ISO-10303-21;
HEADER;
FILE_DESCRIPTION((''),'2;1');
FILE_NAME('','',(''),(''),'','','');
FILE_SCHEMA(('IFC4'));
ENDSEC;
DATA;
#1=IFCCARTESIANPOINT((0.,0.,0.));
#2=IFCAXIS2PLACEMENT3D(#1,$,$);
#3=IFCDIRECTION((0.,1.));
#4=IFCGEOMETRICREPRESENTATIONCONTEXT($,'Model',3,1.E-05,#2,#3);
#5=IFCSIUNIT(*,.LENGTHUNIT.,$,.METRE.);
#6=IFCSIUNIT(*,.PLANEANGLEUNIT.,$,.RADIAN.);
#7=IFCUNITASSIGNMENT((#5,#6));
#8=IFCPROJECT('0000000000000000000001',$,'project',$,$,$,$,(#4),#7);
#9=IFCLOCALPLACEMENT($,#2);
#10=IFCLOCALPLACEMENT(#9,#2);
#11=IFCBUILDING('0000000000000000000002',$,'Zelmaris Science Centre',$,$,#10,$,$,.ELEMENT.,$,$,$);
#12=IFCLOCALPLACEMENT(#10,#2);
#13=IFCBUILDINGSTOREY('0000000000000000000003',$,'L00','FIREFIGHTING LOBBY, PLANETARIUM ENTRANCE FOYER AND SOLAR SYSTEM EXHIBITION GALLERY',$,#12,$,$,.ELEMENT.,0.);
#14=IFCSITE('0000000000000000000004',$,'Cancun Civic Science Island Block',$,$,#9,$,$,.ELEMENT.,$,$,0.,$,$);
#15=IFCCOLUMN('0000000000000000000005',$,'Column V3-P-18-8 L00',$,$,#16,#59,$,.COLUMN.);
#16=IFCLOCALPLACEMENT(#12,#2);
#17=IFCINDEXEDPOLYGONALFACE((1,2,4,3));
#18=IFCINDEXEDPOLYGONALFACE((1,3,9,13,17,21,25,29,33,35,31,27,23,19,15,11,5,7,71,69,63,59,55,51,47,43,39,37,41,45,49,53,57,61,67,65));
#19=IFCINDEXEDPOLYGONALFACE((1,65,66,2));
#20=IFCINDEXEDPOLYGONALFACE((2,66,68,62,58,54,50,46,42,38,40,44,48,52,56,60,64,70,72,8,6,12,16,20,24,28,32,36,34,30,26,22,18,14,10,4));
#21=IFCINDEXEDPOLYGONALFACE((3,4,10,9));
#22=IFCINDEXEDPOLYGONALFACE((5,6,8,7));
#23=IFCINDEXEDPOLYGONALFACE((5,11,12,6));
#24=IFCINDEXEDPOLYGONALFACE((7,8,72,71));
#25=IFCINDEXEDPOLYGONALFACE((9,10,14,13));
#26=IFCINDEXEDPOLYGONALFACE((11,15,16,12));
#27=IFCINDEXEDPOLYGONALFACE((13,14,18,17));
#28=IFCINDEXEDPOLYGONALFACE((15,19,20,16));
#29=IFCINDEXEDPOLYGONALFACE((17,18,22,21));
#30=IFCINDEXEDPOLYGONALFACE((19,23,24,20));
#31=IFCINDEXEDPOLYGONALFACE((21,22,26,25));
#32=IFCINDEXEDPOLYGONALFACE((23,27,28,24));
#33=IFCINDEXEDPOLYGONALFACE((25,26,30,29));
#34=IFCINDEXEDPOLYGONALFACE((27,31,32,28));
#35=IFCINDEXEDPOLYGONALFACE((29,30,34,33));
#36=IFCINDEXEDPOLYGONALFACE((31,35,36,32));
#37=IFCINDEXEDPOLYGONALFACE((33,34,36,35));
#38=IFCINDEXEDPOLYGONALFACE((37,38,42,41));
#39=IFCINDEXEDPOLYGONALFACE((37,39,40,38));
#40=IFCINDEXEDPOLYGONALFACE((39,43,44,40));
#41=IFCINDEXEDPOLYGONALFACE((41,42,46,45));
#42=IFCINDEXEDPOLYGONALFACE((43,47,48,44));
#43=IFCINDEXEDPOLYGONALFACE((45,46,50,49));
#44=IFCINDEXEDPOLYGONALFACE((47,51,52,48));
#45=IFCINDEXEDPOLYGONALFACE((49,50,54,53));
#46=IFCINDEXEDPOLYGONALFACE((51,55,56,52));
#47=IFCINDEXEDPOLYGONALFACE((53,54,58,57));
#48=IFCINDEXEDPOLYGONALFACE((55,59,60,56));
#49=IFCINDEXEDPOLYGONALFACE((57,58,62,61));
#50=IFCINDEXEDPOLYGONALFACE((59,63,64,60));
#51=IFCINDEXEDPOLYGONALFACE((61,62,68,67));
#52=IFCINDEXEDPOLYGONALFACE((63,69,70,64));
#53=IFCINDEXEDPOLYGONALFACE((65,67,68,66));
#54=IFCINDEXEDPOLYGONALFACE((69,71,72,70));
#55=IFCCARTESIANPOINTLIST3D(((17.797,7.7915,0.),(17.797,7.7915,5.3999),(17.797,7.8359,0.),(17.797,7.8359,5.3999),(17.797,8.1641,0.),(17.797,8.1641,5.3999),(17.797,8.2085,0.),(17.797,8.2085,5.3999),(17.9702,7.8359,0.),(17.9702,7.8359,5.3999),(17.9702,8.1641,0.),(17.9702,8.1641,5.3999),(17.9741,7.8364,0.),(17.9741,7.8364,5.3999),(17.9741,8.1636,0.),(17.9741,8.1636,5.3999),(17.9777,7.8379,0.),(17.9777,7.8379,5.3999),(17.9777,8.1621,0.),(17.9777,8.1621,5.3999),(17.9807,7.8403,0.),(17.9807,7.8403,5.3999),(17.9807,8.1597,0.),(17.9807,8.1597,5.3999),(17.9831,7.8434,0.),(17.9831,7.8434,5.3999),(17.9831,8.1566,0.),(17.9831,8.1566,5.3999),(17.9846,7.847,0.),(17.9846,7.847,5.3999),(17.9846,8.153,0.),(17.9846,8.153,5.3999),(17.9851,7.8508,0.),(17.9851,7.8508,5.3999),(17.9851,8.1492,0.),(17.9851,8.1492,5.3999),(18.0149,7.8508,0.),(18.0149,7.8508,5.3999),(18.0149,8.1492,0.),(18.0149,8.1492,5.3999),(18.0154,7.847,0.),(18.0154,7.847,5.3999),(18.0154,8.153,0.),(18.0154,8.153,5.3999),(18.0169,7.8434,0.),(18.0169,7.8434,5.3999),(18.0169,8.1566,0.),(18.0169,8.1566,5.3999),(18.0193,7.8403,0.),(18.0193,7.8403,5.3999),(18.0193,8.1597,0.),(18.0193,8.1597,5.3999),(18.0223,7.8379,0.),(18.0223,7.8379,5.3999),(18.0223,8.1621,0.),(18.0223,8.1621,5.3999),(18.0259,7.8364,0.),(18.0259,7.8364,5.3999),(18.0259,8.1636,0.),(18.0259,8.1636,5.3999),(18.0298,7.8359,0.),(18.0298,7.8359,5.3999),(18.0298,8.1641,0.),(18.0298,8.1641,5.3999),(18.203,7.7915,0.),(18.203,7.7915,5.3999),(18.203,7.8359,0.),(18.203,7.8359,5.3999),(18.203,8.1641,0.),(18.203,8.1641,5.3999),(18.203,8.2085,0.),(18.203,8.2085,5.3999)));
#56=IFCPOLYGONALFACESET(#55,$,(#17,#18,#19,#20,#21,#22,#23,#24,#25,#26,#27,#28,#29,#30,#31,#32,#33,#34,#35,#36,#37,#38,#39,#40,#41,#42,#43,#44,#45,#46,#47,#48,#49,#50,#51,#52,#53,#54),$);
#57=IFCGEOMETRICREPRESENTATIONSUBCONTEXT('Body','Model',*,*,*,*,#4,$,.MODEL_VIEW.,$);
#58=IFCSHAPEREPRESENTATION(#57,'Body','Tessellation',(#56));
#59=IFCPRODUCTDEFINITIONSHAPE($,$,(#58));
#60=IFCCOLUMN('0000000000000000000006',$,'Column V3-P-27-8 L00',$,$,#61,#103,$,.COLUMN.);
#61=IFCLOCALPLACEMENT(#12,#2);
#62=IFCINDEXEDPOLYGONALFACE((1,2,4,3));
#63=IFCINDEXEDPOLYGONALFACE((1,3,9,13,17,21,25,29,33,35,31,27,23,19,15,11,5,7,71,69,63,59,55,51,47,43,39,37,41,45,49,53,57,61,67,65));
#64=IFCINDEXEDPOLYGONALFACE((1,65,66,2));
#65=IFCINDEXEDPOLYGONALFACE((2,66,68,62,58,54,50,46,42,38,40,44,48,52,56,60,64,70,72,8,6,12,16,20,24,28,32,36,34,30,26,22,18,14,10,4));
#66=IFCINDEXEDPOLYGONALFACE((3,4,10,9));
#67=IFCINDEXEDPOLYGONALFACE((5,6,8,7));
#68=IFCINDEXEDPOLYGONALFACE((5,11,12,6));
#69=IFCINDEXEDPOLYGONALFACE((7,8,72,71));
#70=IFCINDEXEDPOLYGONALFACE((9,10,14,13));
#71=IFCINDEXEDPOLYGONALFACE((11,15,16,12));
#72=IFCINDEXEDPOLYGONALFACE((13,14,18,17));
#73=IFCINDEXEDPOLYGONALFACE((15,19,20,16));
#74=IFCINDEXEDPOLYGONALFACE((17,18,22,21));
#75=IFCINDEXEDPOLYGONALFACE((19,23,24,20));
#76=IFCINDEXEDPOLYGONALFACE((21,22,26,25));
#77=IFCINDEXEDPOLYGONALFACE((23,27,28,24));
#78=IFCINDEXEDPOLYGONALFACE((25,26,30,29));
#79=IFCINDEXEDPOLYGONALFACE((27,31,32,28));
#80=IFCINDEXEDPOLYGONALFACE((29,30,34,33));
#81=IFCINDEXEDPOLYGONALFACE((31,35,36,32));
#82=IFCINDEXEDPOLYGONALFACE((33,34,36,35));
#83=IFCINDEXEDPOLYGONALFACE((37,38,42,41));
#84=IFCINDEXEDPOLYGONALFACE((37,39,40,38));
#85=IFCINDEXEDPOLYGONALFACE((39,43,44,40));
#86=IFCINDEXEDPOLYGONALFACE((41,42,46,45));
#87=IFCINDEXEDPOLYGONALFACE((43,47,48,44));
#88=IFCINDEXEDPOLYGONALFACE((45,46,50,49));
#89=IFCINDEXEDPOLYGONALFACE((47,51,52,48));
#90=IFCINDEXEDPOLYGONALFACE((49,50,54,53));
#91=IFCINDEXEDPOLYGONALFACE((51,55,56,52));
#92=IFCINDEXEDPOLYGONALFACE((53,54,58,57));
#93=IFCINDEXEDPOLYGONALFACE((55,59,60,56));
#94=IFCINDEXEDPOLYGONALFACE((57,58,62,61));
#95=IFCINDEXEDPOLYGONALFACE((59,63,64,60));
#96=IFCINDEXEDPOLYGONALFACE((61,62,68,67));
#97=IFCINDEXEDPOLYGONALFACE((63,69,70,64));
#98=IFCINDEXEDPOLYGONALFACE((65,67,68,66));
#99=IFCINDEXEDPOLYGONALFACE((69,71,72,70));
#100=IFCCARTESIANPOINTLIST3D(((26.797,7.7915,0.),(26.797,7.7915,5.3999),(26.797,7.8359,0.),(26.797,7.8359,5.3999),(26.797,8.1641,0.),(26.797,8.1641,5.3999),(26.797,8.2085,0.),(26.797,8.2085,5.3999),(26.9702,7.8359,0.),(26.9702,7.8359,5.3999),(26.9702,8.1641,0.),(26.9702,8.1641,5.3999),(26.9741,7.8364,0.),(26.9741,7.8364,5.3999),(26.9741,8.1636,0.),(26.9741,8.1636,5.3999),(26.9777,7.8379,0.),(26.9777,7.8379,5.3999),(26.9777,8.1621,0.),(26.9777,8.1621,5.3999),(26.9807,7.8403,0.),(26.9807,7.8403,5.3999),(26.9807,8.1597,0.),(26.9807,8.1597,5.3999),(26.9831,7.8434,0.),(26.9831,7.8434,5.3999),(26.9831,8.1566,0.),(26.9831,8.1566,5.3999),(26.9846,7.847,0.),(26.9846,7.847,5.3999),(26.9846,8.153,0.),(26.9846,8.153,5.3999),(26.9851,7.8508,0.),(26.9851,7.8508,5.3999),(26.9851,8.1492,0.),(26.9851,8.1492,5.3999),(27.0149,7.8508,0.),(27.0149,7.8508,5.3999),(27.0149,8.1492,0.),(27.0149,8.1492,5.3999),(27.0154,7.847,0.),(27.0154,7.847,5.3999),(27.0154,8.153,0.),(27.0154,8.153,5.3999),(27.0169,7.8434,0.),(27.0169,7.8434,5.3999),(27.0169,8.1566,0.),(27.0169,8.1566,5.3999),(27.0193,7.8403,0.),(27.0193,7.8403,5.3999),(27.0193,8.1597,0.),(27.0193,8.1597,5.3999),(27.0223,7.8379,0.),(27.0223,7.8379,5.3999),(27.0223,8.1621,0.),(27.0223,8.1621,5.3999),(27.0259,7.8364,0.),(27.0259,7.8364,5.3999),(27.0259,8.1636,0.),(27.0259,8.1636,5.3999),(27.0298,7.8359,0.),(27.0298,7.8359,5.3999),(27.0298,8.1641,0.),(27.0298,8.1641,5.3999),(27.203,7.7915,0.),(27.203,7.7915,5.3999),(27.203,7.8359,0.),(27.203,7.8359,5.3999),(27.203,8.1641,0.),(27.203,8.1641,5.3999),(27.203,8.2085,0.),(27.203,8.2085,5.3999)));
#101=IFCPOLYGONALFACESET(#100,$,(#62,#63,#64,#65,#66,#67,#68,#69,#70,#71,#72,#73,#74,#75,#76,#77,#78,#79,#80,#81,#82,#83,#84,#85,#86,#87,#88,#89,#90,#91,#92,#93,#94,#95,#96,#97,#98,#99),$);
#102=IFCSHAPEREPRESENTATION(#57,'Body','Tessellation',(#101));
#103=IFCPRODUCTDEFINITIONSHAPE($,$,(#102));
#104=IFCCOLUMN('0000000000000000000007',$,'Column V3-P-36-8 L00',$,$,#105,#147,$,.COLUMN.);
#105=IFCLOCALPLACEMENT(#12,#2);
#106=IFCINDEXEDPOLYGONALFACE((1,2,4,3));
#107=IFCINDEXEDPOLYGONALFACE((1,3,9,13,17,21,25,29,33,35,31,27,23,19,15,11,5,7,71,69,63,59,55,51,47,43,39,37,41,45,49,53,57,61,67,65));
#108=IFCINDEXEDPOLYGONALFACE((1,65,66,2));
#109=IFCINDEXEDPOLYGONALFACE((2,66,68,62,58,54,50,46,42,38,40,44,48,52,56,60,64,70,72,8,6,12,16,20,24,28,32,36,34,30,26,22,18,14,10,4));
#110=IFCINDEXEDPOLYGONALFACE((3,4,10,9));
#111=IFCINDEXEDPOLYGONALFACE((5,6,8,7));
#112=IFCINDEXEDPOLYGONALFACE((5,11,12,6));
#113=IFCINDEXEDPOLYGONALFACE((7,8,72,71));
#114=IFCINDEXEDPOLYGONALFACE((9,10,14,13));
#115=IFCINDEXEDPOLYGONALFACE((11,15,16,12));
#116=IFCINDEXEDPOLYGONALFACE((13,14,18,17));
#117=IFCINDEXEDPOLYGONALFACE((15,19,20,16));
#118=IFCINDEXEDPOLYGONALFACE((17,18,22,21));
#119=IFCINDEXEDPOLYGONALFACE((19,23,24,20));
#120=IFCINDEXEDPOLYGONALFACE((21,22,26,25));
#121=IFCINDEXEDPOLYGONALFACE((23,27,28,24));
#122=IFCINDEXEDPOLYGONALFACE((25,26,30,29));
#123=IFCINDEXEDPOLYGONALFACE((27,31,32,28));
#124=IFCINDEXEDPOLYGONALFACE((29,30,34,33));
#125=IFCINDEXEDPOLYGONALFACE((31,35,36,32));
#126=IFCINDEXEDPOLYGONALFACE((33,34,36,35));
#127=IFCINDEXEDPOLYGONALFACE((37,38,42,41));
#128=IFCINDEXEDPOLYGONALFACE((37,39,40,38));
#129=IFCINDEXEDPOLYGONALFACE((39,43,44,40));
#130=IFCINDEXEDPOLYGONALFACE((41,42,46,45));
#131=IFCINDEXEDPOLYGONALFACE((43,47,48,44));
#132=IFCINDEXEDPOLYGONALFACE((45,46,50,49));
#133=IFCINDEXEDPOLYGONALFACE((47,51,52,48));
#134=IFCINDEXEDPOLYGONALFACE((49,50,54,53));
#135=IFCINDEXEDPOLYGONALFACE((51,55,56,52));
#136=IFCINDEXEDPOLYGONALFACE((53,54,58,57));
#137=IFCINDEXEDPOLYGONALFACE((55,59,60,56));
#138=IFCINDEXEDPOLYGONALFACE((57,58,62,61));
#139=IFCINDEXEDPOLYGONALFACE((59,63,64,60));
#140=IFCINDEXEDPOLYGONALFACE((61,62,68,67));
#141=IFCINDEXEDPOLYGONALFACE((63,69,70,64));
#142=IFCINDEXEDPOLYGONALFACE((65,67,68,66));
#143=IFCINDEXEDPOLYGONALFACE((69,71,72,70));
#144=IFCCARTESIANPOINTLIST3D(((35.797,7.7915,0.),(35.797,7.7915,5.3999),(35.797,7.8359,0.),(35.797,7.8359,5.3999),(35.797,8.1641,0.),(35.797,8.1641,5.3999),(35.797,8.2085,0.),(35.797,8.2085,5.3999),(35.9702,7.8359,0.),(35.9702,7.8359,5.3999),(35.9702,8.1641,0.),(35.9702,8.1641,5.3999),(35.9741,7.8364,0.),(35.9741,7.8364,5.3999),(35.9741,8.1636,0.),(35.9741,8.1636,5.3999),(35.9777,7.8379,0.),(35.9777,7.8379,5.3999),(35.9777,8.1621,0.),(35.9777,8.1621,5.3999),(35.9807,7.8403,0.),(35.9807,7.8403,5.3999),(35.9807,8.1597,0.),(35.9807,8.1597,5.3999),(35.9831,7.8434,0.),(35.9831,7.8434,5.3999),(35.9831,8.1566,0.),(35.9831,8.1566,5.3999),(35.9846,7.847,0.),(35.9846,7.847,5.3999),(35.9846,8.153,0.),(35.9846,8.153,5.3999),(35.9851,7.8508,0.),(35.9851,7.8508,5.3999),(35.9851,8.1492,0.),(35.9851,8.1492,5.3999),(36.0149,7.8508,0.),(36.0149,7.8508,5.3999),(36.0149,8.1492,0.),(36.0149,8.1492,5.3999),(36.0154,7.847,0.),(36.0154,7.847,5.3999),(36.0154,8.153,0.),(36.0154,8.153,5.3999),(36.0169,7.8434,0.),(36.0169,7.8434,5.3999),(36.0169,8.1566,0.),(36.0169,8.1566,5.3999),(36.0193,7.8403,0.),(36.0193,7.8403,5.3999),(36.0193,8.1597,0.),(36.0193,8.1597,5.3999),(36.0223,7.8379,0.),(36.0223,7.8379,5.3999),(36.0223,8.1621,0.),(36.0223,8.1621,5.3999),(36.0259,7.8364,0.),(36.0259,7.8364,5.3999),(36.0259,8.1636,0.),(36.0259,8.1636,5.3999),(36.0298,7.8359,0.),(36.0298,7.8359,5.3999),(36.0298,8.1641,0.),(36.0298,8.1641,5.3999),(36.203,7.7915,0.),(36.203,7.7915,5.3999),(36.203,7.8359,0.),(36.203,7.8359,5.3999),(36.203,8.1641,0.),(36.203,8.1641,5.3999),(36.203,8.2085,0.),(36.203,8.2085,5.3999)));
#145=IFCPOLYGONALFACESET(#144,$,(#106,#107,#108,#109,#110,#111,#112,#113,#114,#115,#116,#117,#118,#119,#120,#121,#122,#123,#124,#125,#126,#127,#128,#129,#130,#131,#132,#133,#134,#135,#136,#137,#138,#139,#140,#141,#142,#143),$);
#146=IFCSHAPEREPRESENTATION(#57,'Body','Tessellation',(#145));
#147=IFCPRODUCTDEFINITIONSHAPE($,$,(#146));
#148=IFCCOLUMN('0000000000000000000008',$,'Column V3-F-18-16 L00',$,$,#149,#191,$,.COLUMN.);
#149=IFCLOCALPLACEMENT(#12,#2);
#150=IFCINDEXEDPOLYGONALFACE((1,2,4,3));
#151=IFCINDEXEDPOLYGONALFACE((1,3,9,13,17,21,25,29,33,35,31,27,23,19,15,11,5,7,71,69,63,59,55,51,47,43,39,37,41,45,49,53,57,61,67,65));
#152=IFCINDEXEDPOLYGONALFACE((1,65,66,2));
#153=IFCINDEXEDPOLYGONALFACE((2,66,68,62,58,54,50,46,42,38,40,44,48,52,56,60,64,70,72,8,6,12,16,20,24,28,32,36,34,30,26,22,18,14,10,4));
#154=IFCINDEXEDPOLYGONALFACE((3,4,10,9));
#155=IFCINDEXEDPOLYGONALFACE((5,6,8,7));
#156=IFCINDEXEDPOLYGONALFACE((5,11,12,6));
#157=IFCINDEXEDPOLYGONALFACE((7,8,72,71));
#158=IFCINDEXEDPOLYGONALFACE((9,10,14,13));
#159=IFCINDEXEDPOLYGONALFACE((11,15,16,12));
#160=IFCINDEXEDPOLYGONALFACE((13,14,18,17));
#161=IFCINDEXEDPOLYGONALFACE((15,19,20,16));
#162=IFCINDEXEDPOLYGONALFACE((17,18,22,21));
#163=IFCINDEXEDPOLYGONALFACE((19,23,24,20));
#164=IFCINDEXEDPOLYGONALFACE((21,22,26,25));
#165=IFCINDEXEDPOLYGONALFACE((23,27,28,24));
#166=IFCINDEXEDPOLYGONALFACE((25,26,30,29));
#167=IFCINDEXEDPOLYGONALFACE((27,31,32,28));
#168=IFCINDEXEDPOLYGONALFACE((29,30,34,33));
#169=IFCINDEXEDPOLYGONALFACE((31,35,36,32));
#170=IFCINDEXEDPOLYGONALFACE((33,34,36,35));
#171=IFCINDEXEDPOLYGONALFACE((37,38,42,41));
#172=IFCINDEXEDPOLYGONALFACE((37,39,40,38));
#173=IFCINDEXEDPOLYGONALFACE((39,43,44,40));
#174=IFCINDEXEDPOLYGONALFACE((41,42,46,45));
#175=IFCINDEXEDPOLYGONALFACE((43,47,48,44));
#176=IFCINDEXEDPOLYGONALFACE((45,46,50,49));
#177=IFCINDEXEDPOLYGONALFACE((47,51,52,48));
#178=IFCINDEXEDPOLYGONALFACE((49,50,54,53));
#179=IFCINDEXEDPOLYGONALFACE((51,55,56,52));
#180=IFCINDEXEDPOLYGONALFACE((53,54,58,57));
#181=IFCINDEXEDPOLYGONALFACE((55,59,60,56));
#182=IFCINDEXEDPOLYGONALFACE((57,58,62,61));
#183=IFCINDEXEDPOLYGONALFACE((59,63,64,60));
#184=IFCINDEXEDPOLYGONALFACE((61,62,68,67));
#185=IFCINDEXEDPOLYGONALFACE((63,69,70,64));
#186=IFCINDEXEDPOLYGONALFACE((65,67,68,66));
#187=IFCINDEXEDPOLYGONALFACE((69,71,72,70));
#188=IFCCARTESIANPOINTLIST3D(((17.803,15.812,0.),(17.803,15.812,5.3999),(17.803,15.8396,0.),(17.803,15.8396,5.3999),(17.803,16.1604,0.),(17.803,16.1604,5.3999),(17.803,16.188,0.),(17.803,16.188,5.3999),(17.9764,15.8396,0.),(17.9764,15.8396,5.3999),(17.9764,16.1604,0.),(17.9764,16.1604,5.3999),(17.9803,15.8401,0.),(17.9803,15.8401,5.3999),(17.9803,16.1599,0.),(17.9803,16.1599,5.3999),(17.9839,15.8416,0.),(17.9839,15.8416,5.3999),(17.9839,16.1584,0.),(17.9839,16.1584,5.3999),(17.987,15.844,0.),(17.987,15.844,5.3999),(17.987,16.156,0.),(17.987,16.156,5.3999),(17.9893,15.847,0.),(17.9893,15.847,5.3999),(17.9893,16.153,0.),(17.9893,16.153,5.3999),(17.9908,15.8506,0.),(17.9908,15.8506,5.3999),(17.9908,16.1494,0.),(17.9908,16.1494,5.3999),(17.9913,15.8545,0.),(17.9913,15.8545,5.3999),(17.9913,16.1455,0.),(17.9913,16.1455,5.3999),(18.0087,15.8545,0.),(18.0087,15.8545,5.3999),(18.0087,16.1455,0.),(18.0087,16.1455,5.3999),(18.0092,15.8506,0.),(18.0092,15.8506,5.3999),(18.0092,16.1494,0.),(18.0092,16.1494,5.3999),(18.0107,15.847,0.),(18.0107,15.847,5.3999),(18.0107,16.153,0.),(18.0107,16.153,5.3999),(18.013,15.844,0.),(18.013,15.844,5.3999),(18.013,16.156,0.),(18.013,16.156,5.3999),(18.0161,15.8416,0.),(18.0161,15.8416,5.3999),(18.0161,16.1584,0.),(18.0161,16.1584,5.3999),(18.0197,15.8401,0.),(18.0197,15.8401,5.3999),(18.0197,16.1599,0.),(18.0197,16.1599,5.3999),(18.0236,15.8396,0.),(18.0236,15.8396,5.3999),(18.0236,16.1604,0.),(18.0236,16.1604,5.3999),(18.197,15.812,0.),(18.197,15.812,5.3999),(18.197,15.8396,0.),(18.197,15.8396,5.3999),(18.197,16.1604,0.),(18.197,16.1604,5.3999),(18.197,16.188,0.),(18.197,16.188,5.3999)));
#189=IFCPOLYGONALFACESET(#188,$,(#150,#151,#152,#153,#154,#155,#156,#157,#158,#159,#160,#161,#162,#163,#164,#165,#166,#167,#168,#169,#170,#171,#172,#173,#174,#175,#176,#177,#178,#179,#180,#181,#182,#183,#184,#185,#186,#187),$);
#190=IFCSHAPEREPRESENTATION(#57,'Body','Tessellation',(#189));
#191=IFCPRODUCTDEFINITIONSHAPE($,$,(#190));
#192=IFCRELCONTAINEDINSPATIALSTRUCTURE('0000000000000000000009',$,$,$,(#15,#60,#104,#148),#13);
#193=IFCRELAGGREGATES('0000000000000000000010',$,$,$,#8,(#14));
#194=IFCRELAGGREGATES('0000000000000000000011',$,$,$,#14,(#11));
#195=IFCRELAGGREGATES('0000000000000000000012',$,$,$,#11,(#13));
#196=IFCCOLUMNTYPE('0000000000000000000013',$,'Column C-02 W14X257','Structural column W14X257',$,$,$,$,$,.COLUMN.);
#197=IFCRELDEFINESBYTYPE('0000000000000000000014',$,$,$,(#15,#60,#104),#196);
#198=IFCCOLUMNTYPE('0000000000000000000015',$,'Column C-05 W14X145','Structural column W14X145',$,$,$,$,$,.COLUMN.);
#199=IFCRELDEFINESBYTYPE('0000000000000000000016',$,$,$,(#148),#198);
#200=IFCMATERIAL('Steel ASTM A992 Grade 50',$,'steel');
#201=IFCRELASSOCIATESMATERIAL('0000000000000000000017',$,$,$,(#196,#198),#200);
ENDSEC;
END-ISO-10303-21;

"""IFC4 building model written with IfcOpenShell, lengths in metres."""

from ifc_helpers import new_model, si_unit, direction, frame, origin, origin_2d, place, context, subcontext, project, spatial, i_section, extrude, material, material_profile, profile_set, type_object, element, save


model = new_model("IFC4")

# Units and contexts
model_context = context("Model", 3, precision=1e-05, world=origin(), true_north=direction((0.0, 1.0)))
body_context = subcontext(model_context, "Body", "Model", "MODEL_VIEW")
ifc_project = project(units=[si_unit("LENGTHUNIT", "METRE"), si_unit("PLANEANGLEUNIT", "RADIAN")], contexts=[model_context])

# Site, building, storey
site_placement = place(None, origin())
site = spatial("IfcSite", under=ifc_project, at=site_placement, Name="Cancun Civic Science Island Block", CompositionType="ELEMENT", RefElevation=0.0)
building_placement = place(site_placement, origin())
building = spatial("IfcBuilding", under=site, at=building_placement, Name="Zelmaris Science Centre", CompositionType="ELEMENT")
storey_placement = place(building_placement, origin())
storey = spatial("IfcBuildingStorey", under=building, at=storey_placement, Name="L00", Description="FIREFIGHTING LOBBY, PLANETARIUM ENTRANCE FOYER AND SOLAR SYSTEM EXHIBITION GALLERY", CompositionType="ELEMENT", Elevation=0.0)

# Columns
ifc_material_1 = material(Name="Steel ASTM A992 Grade 50", Category="steel")
ifc_material_profile_1 = material_profile(ifc_material_1, i_section(OverallWidth=0.406, OverallDepth=0.417, WebThickness=0.0298, FlangeThickness=0.0444, FilletRadius=0.0149, at=origin_2d()), Name="W14X257")
ifc_profile_set_1 = profile_set([ifc_material_profile_1], Name="Steel ASTM A992 Grade 50")
column_type_1 = type_object("IfcColumnType", Name="Column C-02 W14X257", Description="Structural column W14X257", PredefinedType="COLUMN", material=ifc_profile_set_1)
for number, where, z_axis, x_axis, name in (
    (1, (18.0, 8.0, 0.0), (0.0, 0.0, 1.0), (1.0, 0.0, 0.0), "Column V3-P-18-8 L00"),
    (2, (27.0, 8.0, 0.0), (0.0, 0.0, 1.0), (1.0, 0.0, 0.0), "Column V3-P-27-8 L00"),
    (3, (36.0, 8.0, 0.0), (0.0, 0.0, 1.0), (1.0, 0.0, 0.0), "Column V3-P-36-8 L00"),
):
    element("IfcColumn", number, at=place(storey_placement, frame(where, z_axis=z_axis, x_axis=x_axis)), inside=storey, type_object=column_type_1, Name=name, PredefinedType="COLUMN", context=body_context, shape_type="SweptSolid", body=[
        extrude(i_section(OverallWidth=0.406, OverallDepth=0.417, WebThickness=0.0298, FlangeThickness=0.0444, FilletRadius=0.0149, at=origin_2d()), origin(), (0.0, 0.0, 1.0), 5.3999),
    ])
ifc_material_profile_2 = material_profile(ifc_material_1, i_section(OverallWidth=0.394, OverallDepth=0.376, WebThickness=0.0173, FlangeThickness=0.0276, FilletRadius=0.0149, at=origin_2d()), Name="W14X145")
ifc_profile_set_2 = profile_set([ifc_material_profile_2], Name="Steel ASTM A992 Grade 50")
column_type_2 = type_object("IfcColumnType", Name="Column C-05 W14X145", Description="Structural column W14X145", PredefinedType="COLUMN", material=ifc_profile_set_2)
for number, where, z_axis, x_axis, name in (
    (4, (18.0, 16.0, 0.0), (0.0, 0.0, 1.0), (1.0, 0.0, 0.0), "Column V3-F-18-16 L00"),
):
    element("IfcColumn", number, at=place(storey_placement, frame(where, z_axis=z_axis, x_axis=x_axis)), inside=storey, type_object=column_type_2, Name=name, PredefinedType="COLUMN", context=body_context, shape_type="SweptSolid", body=[
        extrude(i_section(OverallWidth=0.394, OverallDepth=0.376, WebThickness=0.0173, FlangeThickness=0.0276, FilletRadius=0.0149, at=origin_2d()), origin(), (0.0, 0.0, 1.0), 5.3999),
    ])

save(model, "model.ifc")
